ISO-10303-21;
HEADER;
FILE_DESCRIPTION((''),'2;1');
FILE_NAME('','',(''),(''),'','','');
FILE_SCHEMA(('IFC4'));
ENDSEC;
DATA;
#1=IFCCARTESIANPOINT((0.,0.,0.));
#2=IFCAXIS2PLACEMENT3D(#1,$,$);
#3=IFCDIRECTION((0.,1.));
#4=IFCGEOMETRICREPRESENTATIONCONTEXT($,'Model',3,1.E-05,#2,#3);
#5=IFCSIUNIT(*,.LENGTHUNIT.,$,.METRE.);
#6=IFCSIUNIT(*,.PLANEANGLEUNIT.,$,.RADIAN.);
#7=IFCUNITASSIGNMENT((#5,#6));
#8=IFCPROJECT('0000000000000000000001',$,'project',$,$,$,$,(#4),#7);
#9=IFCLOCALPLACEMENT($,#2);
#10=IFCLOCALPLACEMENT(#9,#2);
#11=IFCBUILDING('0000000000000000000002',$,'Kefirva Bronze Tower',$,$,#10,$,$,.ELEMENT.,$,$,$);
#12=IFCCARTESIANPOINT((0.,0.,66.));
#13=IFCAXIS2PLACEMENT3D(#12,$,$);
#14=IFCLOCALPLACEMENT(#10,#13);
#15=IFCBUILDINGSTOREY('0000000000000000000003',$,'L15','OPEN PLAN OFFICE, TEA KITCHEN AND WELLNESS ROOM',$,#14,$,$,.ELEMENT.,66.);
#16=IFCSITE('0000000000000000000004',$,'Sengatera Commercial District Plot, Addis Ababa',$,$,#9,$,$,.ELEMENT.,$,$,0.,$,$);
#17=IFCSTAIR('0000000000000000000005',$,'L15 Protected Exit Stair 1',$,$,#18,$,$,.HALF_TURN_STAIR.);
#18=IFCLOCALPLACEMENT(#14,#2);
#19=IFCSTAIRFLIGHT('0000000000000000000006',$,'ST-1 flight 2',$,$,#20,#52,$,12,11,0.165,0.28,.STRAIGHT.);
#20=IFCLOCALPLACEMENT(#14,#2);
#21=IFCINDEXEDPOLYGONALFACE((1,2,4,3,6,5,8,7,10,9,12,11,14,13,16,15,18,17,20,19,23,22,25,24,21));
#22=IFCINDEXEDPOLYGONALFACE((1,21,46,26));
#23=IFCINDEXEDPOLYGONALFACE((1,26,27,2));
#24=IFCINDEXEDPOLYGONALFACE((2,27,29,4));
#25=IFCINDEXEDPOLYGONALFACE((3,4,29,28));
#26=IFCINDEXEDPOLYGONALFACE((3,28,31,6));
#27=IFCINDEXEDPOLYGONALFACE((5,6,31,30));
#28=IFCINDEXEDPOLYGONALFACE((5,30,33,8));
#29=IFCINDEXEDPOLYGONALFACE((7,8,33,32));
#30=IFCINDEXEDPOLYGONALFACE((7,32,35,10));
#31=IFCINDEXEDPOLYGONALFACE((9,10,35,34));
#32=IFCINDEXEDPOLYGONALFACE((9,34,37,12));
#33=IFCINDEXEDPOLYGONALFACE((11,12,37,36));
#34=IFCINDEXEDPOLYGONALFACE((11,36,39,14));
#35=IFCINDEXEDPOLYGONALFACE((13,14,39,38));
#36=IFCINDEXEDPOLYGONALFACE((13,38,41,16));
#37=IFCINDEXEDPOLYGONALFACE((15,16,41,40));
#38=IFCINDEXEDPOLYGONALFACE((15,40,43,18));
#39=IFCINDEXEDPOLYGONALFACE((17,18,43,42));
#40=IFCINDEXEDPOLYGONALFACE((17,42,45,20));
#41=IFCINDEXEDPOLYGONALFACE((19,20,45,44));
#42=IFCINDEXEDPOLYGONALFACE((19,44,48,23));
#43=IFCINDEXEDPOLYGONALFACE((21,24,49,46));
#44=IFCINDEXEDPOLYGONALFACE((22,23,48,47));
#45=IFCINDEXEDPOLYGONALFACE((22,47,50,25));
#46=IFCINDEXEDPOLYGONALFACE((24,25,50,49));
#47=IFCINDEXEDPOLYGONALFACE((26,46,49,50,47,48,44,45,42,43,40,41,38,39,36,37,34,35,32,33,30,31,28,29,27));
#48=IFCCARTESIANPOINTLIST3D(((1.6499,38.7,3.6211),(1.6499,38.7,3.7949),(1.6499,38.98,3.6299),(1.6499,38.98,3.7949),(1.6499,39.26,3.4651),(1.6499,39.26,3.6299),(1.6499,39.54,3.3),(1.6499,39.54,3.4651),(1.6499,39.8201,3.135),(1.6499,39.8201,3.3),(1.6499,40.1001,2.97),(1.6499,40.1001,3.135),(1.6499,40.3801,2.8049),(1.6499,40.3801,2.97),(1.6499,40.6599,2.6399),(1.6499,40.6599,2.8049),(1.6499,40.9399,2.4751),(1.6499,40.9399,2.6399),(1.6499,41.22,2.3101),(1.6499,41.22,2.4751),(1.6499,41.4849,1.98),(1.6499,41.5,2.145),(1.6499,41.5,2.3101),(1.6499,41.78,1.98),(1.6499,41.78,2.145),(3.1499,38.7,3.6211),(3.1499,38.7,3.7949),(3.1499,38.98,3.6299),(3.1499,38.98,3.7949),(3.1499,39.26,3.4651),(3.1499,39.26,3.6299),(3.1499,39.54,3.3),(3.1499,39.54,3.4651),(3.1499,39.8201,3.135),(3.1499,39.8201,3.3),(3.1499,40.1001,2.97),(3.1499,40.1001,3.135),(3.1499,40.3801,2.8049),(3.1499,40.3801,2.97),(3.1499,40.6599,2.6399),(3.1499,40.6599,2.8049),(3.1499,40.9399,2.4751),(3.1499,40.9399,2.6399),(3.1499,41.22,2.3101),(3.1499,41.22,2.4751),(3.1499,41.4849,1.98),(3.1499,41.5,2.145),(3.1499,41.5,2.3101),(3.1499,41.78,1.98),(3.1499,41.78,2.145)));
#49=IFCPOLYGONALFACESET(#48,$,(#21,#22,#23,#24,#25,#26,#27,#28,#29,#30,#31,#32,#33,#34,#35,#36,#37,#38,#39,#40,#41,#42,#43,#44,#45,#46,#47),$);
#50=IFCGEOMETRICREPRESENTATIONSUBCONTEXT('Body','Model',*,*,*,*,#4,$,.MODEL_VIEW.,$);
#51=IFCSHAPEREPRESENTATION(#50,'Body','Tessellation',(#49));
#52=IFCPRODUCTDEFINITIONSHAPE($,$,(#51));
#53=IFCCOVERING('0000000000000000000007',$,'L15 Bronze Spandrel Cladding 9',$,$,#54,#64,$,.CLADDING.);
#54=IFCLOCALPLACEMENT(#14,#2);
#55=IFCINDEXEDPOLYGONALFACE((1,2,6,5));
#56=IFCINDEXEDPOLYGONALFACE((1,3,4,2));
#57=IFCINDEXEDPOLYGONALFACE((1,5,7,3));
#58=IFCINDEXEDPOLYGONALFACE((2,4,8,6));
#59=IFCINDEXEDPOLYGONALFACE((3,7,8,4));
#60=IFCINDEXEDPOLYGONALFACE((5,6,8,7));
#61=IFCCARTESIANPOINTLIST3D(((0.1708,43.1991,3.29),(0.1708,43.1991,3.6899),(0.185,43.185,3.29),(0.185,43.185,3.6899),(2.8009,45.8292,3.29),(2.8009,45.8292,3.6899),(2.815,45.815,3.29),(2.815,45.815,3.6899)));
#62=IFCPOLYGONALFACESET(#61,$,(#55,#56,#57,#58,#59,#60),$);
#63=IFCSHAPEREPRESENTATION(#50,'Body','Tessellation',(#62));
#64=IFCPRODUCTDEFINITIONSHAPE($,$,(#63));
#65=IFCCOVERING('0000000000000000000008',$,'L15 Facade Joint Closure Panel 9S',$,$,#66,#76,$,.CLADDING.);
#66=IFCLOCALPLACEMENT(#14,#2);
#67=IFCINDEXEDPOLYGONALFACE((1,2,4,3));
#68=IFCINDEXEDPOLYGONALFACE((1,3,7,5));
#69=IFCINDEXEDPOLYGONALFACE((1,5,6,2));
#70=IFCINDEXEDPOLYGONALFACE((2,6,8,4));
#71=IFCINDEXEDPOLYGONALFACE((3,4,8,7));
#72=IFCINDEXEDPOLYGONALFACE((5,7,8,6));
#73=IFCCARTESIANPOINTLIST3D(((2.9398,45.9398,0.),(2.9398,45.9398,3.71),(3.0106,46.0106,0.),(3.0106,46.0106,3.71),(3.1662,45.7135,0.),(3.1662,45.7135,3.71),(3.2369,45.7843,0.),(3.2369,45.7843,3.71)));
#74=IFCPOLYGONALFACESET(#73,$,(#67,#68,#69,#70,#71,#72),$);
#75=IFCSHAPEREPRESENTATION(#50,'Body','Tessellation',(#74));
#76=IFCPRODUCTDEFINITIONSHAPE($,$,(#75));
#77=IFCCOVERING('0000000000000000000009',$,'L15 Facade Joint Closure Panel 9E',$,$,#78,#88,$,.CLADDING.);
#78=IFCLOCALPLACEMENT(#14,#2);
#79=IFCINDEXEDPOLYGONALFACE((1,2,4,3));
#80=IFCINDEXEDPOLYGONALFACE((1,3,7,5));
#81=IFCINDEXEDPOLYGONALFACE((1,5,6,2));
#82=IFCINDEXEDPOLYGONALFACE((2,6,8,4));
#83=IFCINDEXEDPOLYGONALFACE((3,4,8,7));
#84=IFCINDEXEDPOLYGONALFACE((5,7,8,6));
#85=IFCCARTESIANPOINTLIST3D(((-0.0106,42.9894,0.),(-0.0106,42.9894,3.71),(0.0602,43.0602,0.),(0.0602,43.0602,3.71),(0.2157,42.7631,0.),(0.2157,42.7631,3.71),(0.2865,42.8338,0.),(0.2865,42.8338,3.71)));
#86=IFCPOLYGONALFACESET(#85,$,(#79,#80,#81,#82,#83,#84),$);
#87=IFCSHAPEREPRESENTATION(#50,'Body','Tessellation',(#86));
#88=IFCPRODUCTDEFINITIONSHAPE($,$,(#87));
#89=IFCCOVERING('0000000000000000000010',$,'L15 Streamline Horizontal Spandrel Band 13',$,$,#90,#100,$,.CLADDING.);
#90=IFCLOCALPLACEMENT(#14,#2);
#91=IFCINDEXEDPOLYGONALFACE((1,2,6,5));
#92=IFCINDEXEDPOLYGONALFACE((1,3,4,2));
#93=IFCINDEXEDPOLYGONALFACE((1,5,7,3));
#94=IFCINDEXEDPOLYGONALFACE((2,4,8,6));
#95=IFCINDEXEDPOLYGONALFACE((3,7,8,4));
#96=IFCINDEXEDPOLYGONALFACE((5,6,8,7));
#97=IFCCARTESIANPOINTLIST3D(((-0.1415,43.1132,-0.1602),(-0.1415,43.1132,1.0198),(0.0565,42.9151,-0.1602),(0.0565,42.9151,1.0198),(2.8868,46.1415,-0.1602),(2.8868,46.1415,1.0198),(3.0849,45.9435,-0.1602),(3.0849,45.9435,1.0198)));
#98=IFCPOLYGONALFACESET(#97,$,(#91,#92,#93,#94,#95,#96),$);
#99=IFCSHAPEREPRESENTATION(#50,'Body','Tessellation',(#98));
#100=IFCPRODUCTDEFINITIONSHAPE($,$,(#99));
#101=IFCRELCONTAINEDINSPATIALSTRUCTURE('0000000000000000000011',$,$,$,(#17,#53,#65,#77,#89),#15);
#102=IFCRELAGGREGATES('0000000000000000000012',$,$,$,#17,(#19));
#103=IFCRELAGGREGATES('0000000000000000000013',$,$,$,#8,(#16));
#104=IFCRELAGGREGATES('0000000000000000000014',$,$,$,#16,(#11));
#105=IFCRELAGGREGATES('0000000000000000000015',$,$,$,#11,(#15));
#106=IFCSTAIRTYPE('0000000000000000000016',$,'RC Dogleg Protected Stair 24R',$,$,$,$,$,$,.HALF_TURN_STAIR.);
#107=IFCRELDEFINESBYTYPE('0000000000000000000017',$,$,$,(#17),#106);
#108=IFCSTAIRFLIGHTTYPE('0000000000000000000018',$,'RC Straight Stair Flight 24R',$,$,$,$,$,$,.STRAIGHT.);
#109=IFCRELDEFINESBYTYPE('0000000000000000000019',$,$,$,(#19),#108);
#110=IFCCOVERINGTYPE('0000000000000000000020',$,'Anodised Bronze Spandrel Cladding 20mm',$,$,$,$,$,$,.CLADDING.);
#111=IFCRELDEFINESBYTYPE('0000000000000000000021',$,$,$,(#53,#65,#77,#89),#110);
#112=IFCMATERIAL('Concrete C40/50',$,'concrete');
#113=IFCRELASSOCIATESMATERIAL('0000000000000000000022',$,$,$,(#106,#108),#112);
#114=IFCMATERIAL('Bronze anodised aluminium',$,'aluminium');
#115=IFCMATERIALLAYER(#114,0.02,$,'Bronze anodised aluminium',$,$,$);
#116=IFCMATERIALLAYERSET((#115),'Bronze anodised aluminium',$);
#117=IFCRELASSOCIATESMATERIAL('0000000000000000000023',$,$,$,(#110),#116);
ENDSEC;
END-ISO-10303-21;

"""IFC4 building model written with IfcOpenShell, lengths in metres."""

from ifc_helpers import new_model, si_unit, direction, frame, origin, origin_2d, place, context, subcontext, project, spatial, polyline, rectangle, outline, extrude, material, layer, layer_set, type_object, element, aggregate, save


model = new_model("IFC4")

# Units and contexts
model_context = context("Model", 3, precision=1e-05, world=origin(), true_north=direction((0.0, 1.0)))
body_context = subcontext(model_context, "Body", "Model", "MODEL_VIEW")
ifc_project = project(units=[si_unit("LENGTHUNIT", "METRE"), si_unit("PLANEANGLEUNIT", "RADIAN")], contexts=[model_context])

# Site, building, storey
site_placement = place(None, origin())
site = spatial("IfcSite", under=ifc_project, at=site_placement, Name="Sengatera Commercial District Plot, Addis Ababa", CompositionType="ELEMENT", RefElevation=0.0)
building_placement = place(site_placement, origin())
building = spatial("IfcBuilding", under=site, at=building_placement, Name="Kefirva Bronze Tower", CompositionType="ELEMENT")
storey_placement = place(building_placement, frame((0.0, 0.0, 66.0)))
storey = spatial("IfcBuildingStorey", under=building, at=storey_placement, Name="L15", Description="OPEN PLAN OFFICE, TEA KITCHEN AND WELLNESS ROOM", CompositionType="ELEMENT", Elevation=66.0)

# Shared definitions
ifc_material_1 = material(Name="Bronze anodised aluminium", Category="aluminium")

# Stair, stair flight
ifc_material_2 = material(Name="Concrete C40/50", Category="concrete")
stair_type = type_object("IfcStairType", Name="RC Dogleg Protected Stair 24R", PredefinedType="HALF_TURN_STAIR", material=ifc_material_2)
stair_placement = place(storey_placement, origin())
stair = element("IfcStair", 1, at=stair_placement, inside=storey, type_object=stair_type, Name="L15 Protected Exit Stair 1", PredefinedType="HALF_TURN_STAIR")
stair_flight_type = type_object("IfcStairFlightType", Name="RC Straight Stair Flight 24R", PredefinedType="STRAIGHT", material=ifc_material_2)
stair_flight_1_placement = place(storey_placement, frame((2.3999, 41.78, 1.98), z_axis=(0.0, 0.0, 1.0), x_axis=(0.0, -1.0, 0.0)))
stair_flight_1 = element("IfcStairFlight", 2, at=stair_flight_1_placement, type_object=stair_flight_type, Name="ST-1 flight 2", NumberOfRisers=12, NumberOfTreads=11, PredefinedType="STRAIGHT", RiserHeight=0.165, TreadLength=0.28, context=body_context, shape_type="SweptSolid", body=[
    extrude(outline(polyline([(0.0, 0.0), (0.0, 0.165), (0.28, 0.165), (0.28, 0.3301), (0.5601, 0.3301), (0.5601, 0.4951), (0.8401, 0.4951), (0.8401, 0.6599), (1.1201, 0.6599), (1.1201, 0.825), (1.3999, 0.825), (1.3999, 0.99), (1.6799, 0.99), (1.6799, 1.155), (1.96, 1.155), (1.96, 1.3201), (2.24, 1.3201), (2.24, 1.4851), (2.52, 1.4851), (2.52, 1.6499), (2.8, 1.6499), (2.8, 1.8149), (3.0801, 1.8149), (3.0801, 1.98), (3.0801, 1.6411), (0.2952, 0.0), (0.0, 0.0)])), frame((0.0, 0.75, 0.0), z_axis=(0.0, -1.0, 0.0), x_axis=(1.0, 0.0, 0.0)), (0.0, 0.0, 1.0), 1.5),
])
aggregate(stair, [stair_flight_1])

# Coverings
ifc_layer_1 = layer(ifc_material_1, 0.02, Name="Bronze anodised aluminium")
ifc_layer_set_1 = layer_set([ifc_layer_1], Name="Bronze anodised aluminium")
covering_type_1 = type_object("IfcCoveringType", Name="Anodised Bronze Spandrel Cladding 20mm", PredefinedType="CLADDING", material=ifc_layer_set_1)
covering_1_placement = place(storey_placement, frame((1.4929, 44.5071, 3.29), z_axis=(0.0, 0.0, 1.0), x_axis=(-0.707107, -0.707107, 0.0)))
element("IfcCovering", 3, at=covering_1_placement, inside=storey, type_object=covering_type_1, Name="L15 Bronze Spandrel Cladding 9", PredefinedType="CLADDING", context=body_context, shape_type="SweptSolid", body=[
    extrude(rectangle(XDim=3.7195, YDim=0.02, at=origin_2d()), origin(), (0.0, 0.0, 1.0), 0.3999),
])
for number, where, z_axis, x_axis, name in (
    (4, (3.0884, 45.8621, 0.0), (0.0, 0.0, 1.0), (-0.707107, -0.707107, 0.0), "L15 Facade Joint Closure Panel 9S"),
    (5, (0.1379, 42.9116, 0.0), (0.0, 0.0, 1.0), (-0.707107, -0.707107, 0.0), "L15 Facade Joint Closure Panel 9E"),
):
    element("IfcCovering", number, at=place(storey_placement, frame(where, z_axis=z_axis, x_axis=x_axis)), inside=storey, type_object=covering_type_1, Name=name, PredefinedType="CLADDING", context=body_context, shape_type="SweptSolid", body=[
        extrude(rectangle(XDim=0.1001, YDim=0.3201, at=origin_2d()), origin(), (0.0, 0.0, 1.0), 3.71),
    ])
covering_2_placement = place(storey_placement, frame((1.4717, 44.5283, -0.1602), z_axis=(0.0, 0.0, 1.0), x_axis=(-0.707107, -0.707107, 0.0)))
element("IfcCovering", 6, at=covering_2_placement, inside=storey, type_object=covering_type_1, Name="L15 Streamline Horizontal Spandrel Band 13", PredefinedType="CLADDING", context=body_context, shape_type="SweptSolid", body=[
    extrude(rectangle(XDim=4.2827, YDim=0.28, at=origin_2d()), origin(), (0.0, 0.0, 1.0), 1.1799),
])

save(model, "model.ifc")
